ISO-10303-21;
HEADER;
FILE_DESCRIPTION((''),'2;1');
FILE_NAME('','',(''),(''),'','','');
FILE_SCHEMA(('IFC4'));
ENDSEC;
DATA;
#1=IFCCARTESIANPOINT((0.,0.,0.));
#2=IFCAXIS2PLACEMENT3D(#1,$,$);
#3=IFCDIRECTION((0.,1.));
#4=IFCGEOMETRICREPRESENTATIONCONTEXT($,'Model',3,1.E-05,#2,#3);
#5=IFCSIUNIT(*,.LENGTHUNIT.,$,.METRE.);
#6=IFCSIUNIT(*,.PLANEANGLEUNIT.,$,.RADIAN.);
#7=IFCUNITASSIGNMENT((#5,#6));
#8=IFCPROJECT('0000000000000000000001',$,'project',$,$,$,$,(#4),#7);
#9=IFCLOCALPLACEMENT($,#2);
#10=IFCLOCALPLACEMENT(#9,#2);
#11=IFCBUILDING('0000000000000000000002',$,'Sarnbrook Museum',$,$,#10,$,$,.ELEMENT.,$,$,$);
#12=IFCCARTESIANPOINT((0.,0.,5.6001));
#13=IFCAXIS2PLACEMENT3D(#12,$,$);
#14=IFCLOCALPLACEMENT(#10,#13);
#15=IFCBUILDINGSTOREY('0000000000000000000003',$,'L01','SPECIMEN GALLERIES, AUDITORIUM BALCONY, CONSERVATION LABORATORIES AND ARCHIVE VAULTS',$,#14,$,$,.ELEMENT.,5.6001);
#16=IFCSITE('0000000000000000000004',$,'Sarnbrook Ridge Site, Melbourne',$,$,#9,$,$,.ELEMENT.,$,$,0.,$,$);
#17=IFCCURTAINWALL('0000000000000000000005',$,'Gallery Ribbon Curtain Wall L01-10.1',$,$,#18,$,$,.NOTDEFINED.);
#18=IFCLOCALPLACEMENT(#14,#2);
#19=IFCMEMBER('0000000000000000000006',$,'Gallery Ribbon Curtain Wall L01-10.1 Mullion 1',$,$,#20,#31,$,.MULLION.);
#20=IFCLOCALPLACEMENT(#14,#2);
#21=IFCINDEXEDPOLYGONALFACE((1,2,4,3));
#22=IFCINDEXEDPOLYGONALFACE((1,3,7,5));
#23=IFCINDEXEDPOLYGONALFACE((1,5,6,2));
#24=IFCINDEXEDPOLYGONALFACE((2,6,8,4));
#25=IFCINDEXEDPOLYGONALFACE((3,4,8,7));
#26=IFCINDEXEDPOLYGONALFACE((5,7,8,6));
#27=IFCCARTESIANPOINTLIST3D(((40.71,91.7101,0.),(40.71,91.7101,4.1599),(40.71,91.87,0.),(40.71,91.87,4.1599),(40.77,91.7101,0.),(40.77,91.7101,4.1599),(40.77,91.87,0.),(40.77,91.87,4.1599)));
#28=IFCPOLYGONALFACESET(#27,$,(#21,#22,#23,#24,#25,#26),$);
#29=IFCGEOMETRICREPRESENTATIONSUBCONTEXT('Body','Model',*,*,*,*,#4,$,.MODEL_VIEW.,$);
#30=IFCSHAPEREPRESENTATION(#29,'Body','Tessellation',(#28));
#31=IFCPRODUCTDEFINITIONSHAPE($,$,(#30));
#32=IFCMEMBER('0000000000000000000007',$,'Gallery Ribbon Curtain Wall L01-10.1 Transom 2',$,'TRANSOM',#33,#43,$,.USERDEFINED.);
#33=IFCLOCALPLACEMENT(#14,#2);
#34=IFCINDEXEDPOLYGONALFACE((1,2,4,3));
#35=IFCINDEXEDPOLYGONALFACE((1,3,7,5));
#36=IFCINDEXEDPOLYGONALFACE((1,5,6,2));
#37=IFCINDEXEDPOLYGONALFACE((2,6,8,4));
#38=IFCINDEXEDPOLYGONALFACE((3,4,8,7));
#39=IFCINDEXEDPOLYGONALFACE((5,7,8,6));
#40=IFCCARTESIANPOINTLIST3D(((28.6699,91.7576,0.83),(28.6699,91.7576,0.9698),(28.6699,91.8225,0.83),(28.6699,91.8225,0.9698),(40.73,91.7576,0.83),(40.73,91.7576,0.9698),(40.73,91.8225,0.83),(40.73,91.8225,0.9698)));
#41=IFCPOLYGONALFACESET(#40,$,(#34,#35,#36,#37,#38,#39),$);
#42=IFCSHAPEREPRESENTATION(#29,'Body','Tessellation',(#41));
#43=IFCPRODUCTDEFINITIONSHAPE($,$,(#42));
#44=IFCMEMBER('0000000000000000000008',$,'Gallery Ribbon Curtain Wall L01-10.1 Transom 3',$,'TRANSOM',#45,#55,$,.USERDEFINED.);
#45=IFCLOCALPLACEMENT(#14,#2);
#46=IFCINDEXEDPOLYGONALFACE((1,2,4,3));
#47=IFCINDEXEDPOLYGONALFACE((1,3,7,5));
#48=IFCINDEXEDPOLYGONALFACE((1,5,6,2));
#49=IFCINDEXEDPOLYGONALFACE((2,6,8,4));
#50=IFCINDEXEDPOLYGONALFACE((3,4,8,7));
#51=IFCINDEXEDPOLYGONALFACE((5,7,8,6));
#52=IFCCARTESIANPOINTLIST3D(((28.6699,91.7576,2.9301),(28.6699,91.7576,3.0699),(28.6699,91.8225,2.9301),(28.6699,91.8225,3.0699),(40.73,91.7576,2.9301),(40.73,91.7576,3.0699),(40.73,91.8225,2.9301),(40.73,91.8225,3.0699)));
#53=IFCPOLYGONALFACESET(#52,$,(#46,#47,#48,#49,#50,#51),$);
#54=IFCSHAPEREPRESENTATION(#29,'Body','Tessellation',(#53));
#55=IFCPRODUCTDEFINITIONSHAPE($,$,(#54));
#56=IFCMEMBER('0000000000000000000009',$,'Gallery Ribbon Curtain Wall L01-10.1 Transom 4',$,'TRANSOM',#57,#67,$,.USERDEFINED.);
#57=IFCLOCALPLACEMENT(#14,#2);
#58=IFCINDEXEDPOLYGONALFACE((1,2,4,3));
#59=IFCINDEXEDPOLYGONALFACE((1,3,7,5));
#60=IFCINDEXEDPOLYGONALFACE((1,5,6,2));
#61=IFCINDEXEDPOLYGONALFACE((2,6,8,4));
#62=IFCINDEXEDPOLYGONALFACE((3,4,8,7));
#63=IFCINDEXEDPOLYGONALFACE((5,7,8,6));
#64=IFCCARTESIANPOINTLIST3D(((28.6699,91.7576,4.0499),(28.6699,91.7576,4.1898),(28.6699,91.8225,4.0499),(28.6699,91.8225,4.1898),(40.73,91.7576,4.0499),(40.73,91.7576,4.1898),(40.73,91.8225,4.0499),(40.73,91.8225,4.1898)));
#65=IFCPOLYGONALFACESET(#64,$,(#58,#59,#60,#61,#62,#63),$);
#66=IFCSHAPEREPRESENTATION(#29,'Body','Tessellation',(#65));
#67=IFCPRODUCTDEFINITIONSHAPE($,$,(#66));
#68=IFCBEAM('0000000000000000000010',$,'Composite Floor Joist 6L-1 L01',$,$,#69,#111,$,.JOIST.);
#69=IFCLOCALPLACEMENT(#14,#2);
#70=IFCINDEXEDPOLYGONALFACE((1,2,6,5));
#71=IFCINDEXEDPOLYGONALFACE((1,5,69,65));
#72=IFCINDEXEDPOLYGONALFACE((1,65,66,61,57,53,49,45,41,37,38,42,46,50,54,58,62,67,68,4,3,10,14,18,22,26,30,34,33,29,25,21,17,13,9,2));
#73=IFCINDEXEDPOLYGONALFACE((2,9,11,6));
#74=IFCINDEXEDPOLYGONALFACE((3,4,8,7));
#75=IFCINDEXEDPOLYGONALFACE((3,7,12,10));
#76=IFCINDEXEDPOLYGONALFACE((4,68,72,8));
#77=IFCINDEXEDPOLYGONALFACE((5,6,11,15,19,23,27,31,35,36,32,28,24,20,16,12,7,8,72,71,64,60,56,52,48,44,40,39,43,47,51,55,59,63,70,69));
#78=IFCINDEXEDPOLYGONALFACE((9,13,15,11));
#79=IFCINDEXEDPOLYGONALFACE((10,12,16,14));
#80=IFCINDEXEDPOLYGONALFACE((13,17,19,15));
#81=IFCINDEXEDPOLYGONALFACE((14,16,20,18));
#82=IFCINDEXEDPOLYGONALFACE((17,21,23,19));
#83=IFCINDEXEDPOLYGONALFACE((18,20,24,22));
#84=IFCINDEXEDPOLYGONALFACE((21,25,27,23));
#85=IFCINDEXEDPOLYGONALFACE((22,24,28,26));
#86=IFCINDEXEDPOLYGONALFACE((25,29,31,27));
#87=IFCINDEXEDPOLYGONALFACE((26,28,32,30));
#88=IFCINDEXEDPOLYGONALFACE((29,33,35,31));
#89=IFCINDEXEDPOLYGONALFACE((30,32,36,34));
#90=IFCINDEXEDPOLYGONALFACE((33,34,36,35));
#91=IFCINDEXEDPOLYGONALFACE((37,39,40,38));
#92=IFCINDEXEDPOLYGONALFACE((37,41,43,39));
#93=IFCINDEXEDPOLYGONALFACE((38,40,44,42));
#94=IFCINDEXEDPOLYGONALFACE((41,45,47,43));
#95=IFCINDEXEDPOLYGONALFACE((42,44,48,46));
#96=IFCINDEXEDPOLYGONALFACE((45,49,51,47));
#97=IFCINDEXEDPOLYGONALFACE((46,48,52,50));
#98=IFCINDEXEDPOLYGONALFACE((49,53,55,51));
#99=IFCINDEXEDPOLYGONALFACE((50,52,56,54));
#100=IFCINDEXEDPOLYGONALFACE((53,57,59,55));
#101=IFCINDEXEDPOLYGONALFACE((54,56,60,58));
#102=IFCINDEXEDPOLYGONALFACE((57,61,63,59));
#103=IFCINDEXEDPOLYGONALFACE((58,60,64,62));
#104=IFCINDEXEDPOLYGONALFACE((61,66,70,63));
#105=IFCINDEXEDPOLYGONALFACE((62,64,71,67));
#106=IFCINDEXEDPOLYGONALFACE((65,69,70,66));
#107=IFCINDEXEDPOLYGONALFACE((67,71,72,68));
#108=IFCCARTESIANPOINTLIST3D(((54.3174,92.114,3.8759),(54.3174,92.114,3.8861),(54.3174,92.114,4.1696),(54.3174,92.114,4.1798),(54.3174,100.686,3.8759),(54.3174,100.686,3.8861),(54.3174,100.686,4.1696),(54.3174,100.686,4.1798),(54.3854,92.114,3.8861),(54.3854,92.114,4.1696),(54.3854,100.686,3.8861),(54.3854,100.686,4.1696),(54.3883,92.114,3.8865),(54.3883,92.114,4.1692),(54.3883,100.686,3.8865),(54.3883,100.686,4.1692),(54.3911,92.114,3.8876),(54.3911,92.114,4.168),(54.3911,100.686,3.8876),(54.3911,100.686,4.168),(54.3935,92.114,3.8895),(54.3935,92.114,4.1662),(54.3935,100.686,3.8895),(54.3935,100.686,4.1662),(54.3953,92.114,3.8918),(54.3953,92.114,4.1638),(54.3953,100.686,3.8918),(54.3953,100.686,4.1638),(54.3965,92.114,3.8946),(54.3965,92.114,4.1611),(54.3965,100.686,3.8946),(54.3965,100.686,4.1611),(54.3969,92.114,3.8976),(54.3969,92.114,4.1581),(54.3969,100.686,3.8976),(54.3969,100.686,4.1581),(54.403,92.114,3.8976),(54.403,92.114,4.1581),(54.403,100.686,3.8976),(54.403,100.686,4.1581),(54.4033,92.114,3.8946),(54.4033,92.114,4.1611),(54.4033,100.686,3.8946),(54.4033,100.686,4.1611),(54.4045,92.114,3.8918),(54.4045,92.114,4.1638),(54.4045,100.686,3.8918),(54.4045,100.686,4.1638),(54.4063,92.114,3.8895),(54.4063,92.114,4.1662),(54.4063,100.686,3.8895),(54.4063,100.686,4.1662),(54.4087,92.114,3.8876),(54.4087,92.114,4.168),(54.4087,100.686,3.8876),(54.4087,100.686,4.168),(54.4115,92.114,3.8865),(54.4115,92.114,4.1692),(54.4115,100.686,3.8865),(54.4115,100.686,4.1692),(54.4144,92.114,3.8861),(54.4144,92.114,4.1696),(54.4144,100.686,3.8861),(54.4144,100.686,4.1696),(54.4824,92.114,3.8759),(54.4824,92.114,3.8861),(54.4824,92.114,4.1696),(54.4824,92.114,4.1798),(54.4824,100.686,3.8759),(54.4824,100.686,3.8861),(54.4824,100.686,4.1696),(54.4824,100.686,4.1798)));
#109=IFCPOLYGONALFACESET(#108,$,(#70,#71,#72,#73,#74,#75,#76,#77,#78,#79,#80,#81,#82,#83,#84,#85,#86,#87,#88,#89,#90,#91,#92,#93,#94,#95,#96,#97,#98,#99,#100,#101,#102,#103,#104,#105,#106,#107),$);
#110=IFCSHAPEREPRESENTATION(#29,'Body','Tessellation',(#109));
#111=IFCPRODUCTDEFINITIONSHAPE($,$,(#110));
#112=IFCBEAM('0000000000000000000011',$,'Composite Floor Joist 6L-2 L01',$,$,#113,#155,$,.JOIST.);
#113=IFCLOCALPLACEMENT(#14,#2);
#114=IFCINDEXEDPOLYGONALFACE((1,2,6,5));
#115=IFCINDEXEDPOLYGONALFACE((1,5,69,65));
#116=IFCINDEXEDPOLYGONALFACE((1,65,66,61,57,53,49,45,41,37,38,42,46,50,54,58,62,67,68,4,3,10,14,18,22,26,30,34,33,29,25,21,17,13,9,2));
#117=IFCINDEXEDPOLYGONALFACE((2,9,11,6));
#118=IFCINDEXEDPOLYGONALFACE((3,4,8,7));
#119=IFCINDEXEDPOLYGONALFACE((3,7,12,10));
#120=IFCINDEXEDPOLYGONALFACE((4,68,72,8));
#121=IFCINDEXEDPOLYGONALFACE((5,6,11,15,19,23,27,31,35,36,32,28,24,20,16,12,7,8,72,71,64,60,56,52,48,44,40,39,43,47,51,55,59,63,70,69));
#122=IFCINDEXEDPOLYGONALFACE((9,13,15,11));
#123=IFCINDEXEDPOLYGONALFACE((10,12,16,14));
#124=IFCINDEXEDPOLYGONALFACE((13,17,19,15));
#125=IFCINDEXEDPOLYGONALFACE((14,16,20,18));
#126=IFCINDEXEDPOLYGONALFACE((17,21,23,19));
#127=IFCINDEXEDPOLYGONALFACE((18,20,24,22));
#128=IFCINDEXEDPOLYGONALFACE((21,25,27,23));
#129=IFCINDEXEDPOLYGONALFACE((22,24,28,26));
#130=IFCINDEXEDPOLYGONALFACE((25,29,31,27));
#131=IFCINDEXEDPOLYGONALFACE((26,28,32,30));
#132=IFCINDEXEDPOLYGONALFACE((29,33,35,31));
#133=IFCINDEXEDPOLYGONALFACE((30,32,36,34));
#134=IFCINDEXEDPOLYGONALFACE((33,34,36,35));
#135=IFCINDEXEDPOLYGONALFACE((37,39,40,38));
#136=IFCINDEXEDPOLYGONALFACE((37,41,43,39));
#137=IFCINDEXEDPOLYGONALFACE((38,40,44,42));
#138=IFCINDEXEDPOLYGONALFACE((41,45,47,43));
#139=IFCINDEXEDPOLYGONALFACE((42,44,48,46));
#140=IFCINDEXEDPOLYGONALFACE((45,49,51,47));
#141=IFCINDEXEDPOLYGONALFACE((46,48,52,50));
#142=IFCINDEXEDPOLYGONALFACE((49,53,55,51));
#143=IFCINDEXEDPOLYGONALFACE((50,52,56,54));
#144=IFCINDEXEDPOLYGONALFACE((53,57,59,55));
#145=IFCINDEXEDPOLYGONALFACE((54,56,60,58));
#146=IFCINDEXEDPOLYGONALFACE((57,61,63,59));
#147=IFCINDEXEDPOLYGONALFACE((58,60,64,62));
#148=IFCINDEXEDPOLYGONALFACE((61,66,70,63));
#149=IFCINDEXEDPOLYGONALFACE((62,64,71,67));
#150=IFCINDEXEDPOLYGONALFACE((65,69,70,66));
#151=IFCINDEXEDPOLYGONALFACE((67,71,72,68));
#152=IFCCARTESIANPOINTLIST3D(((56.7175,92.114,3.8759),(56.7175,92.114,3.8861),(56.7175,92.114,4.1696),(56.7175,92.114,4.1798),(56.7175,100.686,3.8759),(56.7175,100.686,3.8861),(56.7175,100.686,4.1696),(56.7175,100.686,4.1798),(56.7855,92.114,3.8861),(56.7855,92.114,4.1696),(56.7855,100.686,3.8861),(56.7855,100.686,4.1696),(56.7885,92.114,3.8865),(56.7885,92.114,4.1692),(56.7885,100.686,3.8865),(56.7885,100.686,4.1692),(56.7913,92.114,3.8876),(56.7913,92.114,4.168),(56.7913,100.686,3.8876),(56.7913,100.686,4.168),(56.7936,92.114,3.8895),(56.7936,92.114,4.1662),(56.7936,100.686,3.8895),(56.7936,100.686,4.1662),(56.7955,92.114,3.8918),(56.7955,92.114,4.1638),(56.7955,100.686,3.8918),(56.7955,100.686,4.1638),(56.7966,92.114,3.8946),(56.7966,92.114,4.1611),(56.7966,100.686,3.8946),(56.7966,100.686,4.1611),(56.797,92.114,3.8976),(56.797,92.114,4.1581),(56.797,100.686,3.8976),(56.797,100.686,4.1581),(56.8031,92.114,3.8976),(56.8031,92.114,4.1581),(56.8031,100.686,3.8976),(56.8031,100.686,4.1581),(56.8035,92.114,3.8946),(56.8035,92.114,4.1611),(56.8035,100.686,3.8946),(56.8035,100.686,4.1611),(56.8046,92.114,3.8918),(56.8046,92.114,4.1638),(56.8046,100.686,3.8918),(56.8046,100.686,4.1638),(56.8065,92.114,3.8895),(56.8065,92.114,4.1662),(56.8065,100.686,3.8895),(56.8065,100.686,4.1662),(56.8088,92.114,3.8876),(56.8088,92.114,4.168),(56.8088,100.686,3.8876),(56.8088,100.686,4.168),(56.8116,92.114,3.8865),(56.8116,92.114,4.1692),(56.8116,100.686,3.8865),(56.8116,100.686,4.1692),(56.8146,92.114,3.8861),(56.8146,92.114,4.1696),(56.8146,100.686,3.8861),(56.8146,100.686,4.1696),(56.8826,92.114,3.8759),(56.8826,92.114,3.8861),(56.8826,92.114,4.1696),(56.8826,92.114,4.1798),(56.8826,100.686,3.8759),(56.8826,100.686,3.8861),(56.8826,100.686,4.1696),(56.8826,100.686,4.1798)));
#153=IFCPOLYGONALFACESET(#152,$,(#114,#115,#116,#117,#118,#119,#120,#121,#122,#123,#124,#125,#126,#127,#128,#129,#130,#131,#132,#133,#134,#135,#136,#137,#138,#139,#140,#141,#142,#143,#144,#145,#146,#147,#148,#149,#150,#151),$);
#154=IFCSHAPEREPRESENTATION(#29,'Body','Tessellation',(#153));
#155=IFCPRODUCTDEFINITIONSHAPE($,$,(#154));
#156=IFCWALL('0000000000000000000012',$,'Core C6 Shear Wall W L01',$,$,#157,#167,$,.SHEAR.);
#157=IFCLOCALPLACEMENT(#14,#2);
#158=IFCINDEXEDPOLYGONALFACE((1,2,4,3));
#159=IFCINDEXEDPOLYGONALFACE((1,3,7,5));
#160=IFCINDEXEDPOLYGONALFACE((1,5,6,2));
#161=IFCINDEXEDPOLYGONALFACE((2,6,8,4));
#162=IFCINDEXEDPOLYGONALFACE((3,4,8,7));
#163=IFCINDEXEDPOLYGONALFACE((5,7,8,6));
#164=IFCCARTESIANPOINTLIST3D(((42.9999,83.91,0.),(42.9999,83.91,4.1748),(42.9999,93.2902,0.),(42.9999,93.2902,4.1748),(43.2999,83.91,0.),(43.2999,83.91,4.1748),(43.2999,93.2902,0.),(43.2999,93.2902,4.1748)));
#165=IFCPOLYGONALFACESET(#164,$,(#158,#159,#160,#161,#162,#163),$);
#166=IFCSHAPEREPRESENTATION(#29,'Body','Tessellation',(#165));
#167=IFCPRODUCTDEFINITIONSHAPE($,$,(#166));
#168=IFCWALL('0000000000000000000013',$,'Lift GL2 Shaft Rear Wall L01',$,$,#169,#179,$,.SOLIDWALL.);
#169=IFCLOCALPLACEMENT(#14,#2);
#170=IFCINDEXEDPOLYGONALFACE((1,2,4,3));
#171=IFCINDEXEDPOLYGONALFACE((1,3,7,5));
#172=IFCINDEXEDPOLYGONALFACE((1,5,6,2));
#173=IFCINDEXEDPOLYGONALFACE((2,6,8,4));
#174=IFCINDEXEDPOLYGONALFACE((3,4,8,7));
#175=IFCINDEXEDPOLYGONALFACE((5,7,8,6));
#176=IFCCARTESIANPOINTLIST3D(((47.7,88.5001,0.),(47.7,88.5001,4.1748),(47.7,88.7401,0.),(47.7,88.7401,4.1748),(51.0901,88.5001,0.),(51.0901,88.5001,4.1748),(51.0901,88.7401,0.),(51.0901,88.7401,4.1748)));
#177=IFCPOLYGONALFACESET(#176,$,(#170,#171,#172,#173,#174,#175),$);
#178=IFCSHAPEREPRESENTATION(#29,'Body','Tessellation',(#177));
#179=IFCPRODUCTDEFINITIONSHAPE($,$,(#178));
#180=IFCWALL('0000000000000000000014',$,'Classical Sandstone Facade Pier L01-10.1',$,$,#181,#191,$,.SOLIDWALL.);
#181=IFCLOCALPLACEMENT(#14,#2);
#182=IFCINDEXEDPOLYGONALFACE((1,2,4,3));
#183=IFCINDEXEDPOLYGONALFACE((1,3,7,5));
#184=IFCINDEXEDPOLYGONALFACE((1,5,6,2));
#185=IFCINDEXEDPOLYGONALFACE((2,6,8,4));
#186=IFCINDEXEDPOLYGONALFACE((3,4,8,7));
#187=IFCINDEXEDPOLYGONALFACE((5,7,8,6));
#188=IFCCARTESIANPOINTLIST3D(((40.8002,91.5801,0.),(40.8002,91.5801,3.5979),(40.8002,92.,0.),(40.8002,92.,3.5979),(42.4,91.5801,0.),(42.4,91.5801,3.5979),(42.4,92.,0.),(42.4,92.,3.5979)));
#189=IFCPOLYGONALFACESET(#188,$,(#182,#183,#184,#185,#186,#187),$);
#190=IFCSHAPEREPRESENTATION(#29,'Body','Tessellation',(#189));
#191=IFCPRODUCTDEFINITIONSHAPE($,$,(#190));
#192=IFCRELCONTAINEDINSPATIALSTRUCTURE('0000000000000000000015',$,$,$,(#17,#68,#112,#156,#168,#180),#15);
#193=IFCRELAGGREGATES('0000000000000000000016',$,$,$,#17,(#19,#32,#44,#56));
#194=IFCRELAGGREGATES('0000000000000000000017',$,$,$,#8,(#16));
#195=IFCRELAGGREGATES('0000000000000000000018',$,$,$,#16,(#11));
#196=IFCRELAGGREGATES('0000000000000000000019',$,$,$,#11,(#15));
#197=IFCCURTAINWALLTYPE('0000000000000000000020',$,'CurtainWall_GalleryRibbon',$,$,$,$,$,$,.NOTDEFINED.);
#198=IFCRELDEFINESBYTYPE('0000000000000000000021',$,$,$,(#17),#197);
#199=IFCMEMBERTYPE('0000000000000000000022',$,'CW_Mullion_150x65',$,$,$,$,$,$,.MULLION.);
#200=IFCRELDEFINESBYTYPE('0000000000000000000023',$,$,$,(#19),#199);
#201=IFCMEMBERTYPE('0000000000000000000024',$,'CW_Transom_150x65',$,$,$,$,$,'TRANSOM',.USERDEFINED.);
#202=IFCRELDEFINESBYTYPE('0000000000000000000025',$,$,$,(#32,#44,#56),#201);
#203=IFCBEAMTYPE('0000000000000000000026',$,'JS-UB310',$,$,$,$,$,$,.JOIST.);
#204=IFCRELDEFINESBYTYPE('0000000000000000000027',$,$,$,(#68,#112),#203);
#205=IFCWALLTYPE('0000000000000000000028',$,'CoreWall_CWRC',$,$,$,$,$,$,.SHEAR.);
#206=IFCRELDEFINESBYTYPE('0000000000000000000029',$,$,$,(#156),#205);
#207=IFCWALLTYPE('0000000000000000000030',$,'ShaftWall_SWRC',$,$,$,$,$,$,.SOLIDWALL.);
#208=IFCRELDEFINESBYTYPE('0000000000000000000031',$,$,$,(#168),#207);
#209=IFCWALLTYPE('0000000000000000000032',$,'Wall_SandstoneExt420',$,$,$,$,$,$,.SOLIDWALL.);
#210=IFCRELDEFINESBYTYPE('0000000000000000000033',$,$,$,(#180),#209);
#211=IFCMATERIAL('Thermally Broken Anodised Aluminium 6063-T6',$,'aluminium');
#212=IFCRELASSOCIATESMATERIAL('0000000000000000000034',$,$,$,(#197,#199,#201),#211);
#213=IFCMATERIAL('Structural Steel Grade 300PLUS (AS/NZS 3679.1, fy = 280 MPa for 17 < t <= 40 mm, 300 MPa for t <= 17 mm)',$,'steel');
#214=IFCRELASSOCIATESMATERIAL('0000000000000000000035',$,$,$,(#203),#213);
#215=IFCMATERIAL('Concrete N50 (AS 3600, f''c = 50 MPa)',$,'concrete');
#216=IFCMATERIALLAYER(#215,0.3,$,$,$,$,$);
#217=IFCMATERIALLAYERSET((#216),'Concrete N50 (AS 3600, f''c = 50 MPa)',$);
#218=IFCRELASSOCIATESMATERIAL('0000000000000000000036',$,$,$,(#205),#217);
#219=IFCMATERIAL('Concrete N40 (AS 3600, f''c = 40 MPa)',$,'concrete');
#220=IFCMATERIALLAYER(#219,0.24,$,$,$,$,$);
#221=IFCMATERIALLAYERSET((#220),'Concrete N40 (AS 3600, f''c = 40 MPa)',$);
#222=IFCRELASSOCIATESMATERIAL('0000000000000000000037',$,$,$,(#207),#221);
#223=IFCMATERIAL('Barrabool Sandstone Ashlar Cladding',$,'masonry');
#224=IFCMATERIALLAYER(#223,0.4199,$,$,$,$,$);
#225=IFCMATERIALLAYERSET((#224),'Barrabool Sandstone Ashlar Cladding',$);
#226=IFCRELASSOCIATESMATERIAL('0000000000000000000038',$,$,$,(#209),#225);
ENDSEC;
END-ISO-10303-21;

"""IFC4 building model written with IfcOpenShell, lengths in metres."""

from ifc_helpers import new_model, si_unit, direction, frame, frame_2d, origin, origin_2d, place, context, subcontext, project, spatial, rectangle, i_section, extrude, material, layer, layer_set, material_profile, profile_set, type_object, element, aggregate, save


model = new_model("IFC4")

# Units and contexts
model_context = context("Model", 3, precision=1e-05, world=origin(), true_north=direction((0.0, 1.0)))
body_context = subcontext(model_context, "Body", "Model", "MODEL_VIEW")
ifc_project = project(units=[si_unit("LENGTHUNIT", "METRE"), si_unit("PLANEANGLEUNIT", "RADIAN")], contexts=[model_context])

# Site, building, storey
site_placement = place(None, origin())
site = spatial("IfcSite", under=ifc_project, at=site_placement, Name="Sarnbrook Ridge Site, Melbourne", CompositionType="ELEMENT", RefElevation=0.0)
building_placement = place(site_placement, origin())
building = spatial("IfcBuilding", under=site, at=building_placement, Name="Sarnbrook Museum", CompositionType="ELEMENT")
storey_placement = place(building_placement, frame((0.0, 0.0, 5.6001)))
storey = spatial("IfcBuildingStorey", under=building, at=storey_placement, Name="L01", Description="SPECIMEN GALLERIES, AUDITORIUM BALCONY, CONSERVATION LABORATORIES AND ARCHIVE VAULTS", CompositionType="ELEMENT", Elevation=5.6001)

# Shared definitions
ifc_material_1 = material(Name="Structural Steel Grade 300PLUS (AS/NZS 3679.1, fy = 280 MPa for 17 < t <= 40 mm, 300 MPa for t <= 17 mm)", Category="steel")

# Curtain wall, members
ifc_material_2 = material(Name="Thermally Broken Anodised Aluminium 6063-T6", Category="aluminium")
curtain_wall_type = type_object("IfcCurtainWallType", Name="CurtainWall_GalleryRibbon", PredefinedType="NOTDEFINED", material=ifc_material_2)
curtain_wall_placement = place(storey_placement, origin())
curtain_wall = element("IfcCurtainWall", 1, at=curtain_wall_placement, inside=storey, type_object=curtain_wall_type, Name="Gallery Ribbon Curtain Wall L01-10.1", PredefinedType="NOTDEFINED")
ifc_material_profile_1 = material_profile(ifc_material_2, rectangle(XDim=0.0601, YDim=0.1599, at=origin_2d()), Name="ALU MULLION 60x160")
ifc_profile_set_1 = profile_set([ifc_material_profile_1], Name="Thermally Broken Anodised Aluminium 6063-T6")
member_type_1 = type_object("IfcMemberType", Name="CW_Mullion_150x65", PredefinedType="MULLION", material=ifc_profile_set_1)
member_1_placement = place(storey_placement, frame((40.74, 91.79, 0.0), z_axis=(0.0, 0.0, 1.0), x_axis=(1.0, 0.0, 0.0)))
member_1 = element("IfcMember", 2, at=member_1_placement, type_object=member_type_1, Name="Gallery Ribbon Curtain Wall L01-10.1 Mullion 1", PredefinedType="MULLION", context=body_context, shape_type="SweptSolid", body=[
    extrude(rectangle(XDim=0.0601, YDim=0.1599, at=origin_2d()), origin(), (0.0, 0.0, 1.0), 4.1599),
])
ifc_material_profile_2 = material_profile(ifc_material_2, rectangle(XDim=0.0649, YDim=0.1399, at=origin_2d()), Name="ALU TRANSOM 65x140")
ifc_profile_set_2 = profile_set([ifc_material_profile_2], Name="Thermally Broken Anodised Aluminium 6063-T6")
member_type_2 = type_object("IfcMemberType", Name="CW_Transom_150x65", ElementType="TRANSOM", PredefinedType="USERDEFINED", material=ifc_profile_set_2)
member_2_placement = place(storey_placement, frame((40.73, 91.79, 0.8999), z_axis=(-1.0, 0.0, 0.0), x_axis=(0.0, -1.0, 0.0)))
member_2 = element("IfcMember", 3, at=member_2_placement, type_object=member_type_2, Name="Gallery Ribbon Curtain Wall L01-10.1 Transom 2", ObjectType="TRANSOM", PredefinedType="USERDEFINED", context=body_context, shape_type="SweptSolid", body=[
    extrude(rectangle(XDim=0.0649, YDim=0.1399, at=origin_2d()), origin(), (0.0, 0.0, 1.0), 12.0601),
])
member_3_placement = place(storey_placement, frame((40.73, 91.79, 3.0), z_axis=(-1.0, 0.0, 0.0), x_axis=(0.0, -1.0, 0.0)))
member_3 = element("IfcMember", 4, at=member_3_placement, type_object=member_type_2, Name="Gallery Ribbon Curtain Wall L01-10.1 Transom 3", ObjectType="TRANSOM", PredefinedType="USERDEFINED", context=body_context, shape_type="SweptSolid", body=[
    extrude(rectangle(XDim=0.0649, YDim=0.1399, at=origin_2d()), origin(), (0.0, 0.0, 1.0), 12.0601),
])
member_4_placement = place(storey_placement, frame((40.73, 91.79, 4.1199), z_axis=(-1.0, 0.0, 0.0), x_axis=(0.0, -1.0, 0.0)))
member_4 = element("IfcMember", 5, at=member_4_placement, type_object=member_type_2, Name="Gallery Ribbon Curtain Wall L01-10.1 Transom 4", ObjectType="TRANSOM", PredefinedType="USERDEFINED", context=body_context, shape_type="SweptSolid", body=[
    extrude(rectangle(XDim=0.0649, YDim=0.1399, at=origin_2d()), origin(), (0.0, 0.0, 1.0), 12.0601),
])
aggregate(curtain_wall, [member_1, member_2, member_3, member_4])

# Beams
ifc_material_profile_3 = material_profile(ifc_material_1, i_section(OverallWidth=0.165, OverallDepth=0.304, WebThickness=0.0061, FlangeThickness=0.0103, FilletRadius=0.0115, at=origin_2d()), Name="310UB40.4")
ifc_profile_set_3 = profile_set([ifc_material_profile_3], Name="Structural Steel Grade 300PLUS (AS/NZS 3679.1, fy = 280 MPa for 17 < t <= 40 mm, 300 MPa for t <= 17 mm)")
beam_type_1 = type_object("IfcBeamType", Name="JS-UB310", PredefinedType="JOIST", material=ifc_profile_set_3)
for number, where, z_axis, x_axis, name in (
    (6, (54.3999, 92.114, 4.0278), (0.0, 1.0, 0.0), (-1.0, 0.0, 0.0), "Composite Floor Joist 6L-1 L01"),
    (7, (56.8, 92.114, 4.0278), (0.0, 1.0, 0.0), (-1.0, 0.0, 0.0), "Composite Floor Joist 6L-2 L01"),
):
    element("IfcBeam", number, at=place(storey_placement, frame(where, z_axis=z_axis, x_axis=x_axis)), inside=storey, type_object=beam_type_1, Name=name, PredefinedType="JOIST", context=body_context, shape_type="SweptSolid", body=[
        extrude(i_section(OverallWidth=0.165, OverallDepth=0.304, WebThickness=0.0061, FlangeThickness=0.0103, FilletRadius=0.0115, at=origin_2d()), origin(), (0.0, 0.0, 1.0), 8.572),
    ])

# Walls
ifc_material_3 = material(Name="Concrete N50 (AS 3600, f'c = 50 MPa)", Category="concrete")
ifc_layer_1 = layer(ifc_material_3, 0.3)
ifc_layer_set_1 = layer_set([ifc_layer_1], Name="Concrete N50 (AS 3600, f'c = 50 MPa)")
wall_type_1 = type_object("IfcWallType", Name="CoreWall_CWRC", PredefinedType="SHEAR", material=ifc_layer_set_1)
wall_1_placement = place(storey_placement, frame((43.1499, 93.29, 0.0), z_axis=(0.0, 0.0, 1.0), x_axis=(0.0, -1.0, 0.0)))
element("IfcWall", 8, at=wall_1_placement, inside=storey, type_object=wall_type_1, Name="Core C6 Shear Wall W L01", PredefinedType="SHEAR", context=body_context, shape_type="SweptSolid", body=[
    extrude(rectangle(XDim=9.3801, YDim=0.3, at=frame_2d((4.6899, 0.0))), origin(), (0.0, 0.0, 1.0), 4.1748),
])
ifc_material_4 = material(Name="Concrete N40 (AS 3600, f'c = 40 MPa)", Category="concrete")
ifc_layer_2 = layer(ifc_material_4, 0.24)
ifc_layer_set_2 = layer_set([ifc_layer_2], Name="Concrete N40 (AS 3600, f'c = 40 MPa)")
wall_type_2 = type_object("IfcWallType", Name="ShaftWall_SWRC", PredefinedType="SOLIDWALL", material=ifc_layer_set_2)
wall_2_placement = place(storey_placement, frame((47.7, 88.6201, 0.0), z_axis=(0.0, 0.0, 1.0), x_axis=(1.0, 0.0, 0.0)))
element("IfcWall", 9, at=wall_2_placement, inside=storey, type_object=wall_type_2, Name="Lift GL2 Shaft Rear Wall L01", PredefinedType="SOLIDWALL", context=body_context, shape_type="SweptSolid", body=[
    extrude(rectangle(XDim=3.3901, YDim=0.24, at=frame_2d((1.6951, 0.0))), origin(), (0.0, 0.0, 1.0), 4.1748),
])
ifc_material_5 = material(Name="Barrabool Sandstone Ashlar Cladding", Category="masonry")
ifc_layer_3 = layer(ifc_material_5, 0.4199)
ifc_layer_set_3 = layer_set([ifc_layer_3], Name="Barrabool Sandstone Ashlar Cladding")
wall_type_3 = type_object("IfcWallType", Name="Wall_SandstoneExt420", PredefinedType="SOLIDWALL", material=ifc_layer_set_3)
wall_3_placement = place(storey_placement, frame((42.3999, 91.79, 0.0), z_axis=(0.0, 0.0, 1.0), x_axis=(-1.0, 0.0, 0.0)))
element("IfcWall", 10, at=wall_3_placement, inside=storey, type_object=wall_type_3, Name="Classical Sandstone Facade Pier L01-10.1", PredefinedType="SOLIDWALL", context=body_context, shape_type="SweptSolid", body=[
    extrude(rectangle(XDim=1.5999, YDim=0.4199, at=frame_2d((0.7998, 0.0))), origin(), (0.0, 0.0, 1.0), 3.5979),
])

save(model, "model.ifc")
